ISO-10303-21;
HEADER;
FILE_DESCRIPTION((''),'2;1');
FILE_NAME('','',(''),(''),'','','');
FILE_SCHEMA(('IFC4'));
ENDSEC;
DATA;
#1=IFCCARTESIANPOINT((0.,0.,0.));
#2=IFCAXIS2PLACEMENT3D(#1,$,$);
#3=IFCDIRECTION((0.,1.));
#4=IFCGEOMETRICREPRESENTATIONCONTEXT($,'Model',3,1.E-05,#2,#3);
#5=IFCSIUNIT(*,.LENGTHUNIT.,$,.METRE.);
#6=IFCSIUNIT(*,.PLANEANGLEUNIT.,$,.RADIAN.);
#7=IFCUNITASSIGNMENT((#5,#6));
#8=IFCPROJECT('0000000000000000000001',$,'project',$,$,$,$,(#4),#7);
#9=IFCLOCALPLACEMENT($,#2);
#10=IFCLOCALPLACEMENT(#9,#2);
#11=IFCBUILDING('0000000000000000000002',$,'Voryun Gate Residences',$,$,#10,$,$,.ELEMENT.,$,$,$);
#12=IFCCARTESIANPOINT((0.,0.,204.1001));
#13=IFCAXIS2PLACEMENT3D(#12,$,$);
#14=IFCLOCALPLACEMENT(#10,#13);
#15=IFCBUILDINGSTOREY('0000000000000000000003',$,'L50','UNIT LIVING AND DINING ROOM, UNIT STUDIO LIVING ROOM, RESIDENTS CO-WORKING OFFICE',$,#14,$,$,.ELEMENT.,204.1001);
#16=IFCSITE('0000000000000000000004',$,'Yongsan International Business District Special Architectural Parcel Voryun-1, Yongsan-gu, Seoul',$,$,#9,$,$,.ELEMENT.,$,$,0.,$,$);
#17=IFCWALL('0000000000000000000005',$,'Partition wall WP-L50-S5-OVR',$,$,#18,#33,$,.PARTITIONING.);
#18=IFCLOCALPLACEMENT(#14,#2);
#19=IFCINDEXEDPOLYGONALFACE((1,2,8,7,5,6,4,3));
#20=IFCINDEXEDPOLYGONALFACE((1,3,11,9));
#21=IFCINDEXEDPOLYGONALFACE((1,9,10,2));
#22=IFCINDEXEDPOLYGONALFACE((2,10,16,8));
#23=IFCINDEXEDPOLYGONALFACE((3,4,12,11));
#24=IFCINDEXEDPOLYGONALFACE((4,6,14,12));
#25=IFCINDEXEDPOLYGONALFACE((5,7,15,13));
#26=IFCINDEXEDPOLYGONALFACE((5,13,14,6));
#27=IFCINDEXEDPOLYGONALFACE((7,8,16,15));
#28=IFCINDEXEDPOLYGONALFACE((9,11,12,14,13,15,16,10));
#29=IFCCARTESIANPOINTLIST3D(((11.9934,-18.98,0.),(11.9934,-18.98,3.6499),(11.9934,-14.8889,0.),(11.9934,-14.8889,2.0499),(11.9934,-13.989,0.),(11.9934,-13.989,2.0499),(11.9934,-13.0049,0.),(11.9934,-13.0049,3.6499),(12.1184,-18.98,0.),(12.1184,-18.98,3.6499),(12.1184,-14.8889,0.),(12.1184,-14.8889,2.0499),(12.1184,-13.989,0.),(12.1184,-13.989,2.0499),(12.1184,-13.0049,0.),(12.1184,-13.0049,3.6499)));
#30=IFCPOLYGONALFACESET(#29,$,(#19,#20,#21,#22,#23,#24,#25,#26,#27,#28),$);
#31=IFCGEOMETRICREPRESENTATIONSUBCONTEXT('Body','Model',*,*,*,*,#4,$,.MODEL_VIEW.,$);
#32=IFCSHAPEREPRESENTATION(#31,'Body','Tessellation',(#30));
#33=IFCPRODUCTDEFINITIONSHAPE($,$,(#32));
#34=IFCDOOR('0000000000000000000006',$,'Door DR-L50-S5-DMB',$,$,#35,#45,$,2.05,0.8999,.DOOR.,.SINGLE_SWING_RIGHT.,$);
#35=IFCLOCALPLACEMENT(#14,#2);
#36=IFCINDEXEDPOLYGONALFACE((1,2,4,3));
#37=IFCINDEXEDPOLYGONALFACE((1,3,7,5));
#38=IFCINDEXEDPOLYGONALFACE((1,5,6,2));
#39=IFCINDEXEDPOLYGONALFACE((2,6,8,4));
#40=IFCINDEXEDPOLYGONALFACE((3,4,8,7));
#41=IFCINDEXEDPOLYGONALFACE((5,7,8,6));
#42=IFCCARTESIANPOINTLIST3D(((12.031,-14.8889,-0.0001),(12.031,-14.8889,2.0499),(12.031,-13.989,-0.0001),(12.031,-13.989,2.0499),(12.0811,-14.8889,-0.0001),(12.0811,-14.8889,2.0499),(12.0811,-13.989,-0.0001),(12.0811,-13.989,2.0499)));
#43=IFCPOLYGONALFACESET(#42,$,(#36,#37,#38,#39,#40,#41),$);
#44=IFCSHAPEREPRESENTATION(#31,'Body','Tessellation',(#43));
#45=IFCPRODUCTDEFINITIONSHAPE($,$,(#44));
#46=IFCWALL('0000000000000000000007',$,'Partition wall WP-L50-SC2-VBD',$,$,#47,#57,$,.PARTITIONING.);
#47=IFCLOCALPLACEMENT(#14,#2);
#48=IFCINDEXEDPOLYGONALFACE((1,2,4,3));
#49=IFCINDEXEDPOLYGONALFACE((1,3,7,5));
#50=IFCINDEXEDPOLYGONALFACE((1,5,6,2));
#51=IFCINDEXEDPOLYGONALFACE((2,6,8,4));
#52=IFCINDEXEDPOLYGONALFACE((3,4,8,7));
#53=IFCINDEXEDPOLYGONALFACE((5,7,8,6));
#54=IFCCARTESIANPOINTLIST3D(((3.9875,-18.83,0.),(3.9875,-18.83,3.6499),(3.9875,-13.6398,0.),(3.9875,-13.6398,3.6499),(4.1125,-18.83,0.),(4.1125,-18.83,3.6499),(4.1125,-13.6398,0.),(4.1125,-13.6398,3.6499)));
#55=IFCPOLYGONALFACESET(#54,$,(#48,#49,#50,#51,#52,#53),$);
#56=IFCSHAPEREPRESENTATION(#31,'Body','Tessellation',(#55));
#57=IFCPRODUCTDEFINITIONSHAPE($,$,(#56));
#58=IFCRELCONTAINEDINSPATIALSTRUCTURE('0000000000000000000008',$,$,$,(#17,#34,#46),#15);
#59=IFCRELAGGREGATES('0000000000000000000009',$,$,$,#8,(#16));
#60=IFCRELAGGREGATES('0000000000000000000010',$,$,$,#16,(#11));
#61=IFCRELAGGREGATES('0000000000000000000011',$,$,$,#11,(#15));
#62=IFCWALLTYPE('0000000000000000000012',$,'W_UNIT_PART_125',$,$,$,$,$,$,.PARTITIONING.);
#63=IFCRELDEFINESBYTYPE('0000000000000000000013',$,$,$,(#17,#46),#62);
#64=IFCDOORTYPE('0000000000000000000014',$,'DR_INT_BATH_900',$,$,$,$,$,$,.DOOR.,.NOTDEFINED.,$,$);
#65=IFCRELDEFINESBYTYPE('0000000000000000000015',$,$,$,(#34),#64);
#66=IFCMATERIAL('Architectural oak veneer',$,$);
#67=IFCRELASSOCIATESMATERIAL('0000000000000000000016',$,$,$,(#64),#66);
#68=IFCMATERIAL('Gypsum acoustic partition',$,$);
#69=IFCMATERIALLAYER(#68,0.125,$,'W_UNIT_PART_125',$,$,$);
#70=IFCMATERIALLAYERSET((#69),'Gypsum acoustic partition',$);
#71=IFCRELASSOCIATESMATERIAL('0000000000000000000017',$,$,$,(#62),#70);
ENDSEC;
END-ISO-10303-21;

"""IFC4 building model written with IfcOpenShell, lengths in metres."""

from ifc_helpers import new_model, si_unit, direction, frame, frame_2d, origin, place, context, subcontext, project, spatial, rectangle, extrude, material, layer, layer_set, type_object, element, fill, save


model = new_model("IFC4")

# Units and contexts
model_context = context("Model", 3, precision=1e-05, world=origin(), true_north=direction((0.0, 1.0)))
body_context = subcontext(model_context, "Body", "Model", "MODEL_VIEW")
ifc_project = project(units=[si_unit("LENGTHUNIT", "METRE"), si_unit("PLANEANGLEUNIT", "RADIAN")], contexts=[model_context])

# Site, building, storey
site_placement = place(None, origin())
site = spatial("IfcSite", under=ifc_project, at=site_placement, Name="Yongsan International Business District Special Architectural Parcel Voryun-1, Yongsan-gu, Seoul", CompositionType="ELEMENT", RefElevation=0.0)
building_placement = place(site_placement, origin())
building = spatial("IfcBuilding", under=site, at=building_placement, Name="Voryun Gate Residences", CompositionType="ELEMENT")
storey_placement = place(building_placement, frame((0.0, 0.0, 204.1001)))
storey = spatial("IfcBuildingStorey", under=building, at=storey_placement, Name="L50", Description="UNIT LIVING AND DINING ROOM, UNIT STUDIO LIVING ROOM, RESIDENTS CO-WORKING OFFICE", CompositionType="ELEMENT", Elevation=204.1001)

# Wall, opening, door
ifc_material_1 = material(Name="Architectural oak veneer")
door_type = type_object("IfcDoorType", Name="DR_INT_BATH_900", OperationType="NOTDEFINED", PredefinedType="DOOR", material=ifc_material_1)
ifc_material_2 = material(Name="Gypsum acoustic partition")
ifc_layer_1 = layer(ifc_material_2, 0.125, Name="W_UNIT_PART_125")
ifc_layer_set_1 = layer_set([ifc_layer_1], Name="Gypsum acoustic partition")
wall_type_1 = type_object("IfcWallType", Name="W_UNIT_PART_125", PredefinedType="PARTITIONING", material=ifc_layer_set_1)
wall_1_placement = place(storey_placement, frame((12.0559, -18.98, 0.0), z_axis=(0.0, 0.0, 1.0), x_axis=(0.0, 1.0, 0.0)))
wall_1 = element("IfcWall", 1, at=wall_1_placement, inside=storey, type_object=wall_type_1, Name="Partition wall WP-L50-S5-OVR", PredefinedType="PARTITIONING", context=body_context, shape_type="SweptSolid", body=[
    extrude(rectangle(XDim=5.9751, YDim=0.125, at=frame_2d((2.9875, 0.0))), origin(), (0.0, 0.0, 1.0), 3.6499),
])
opening_1_placement = place(wall_1_placement, frame((4.0911, 0.0, 0.0)))
opening_1 = element("IfcOpeningElement", 2, at=opening_1_placement, cuts=wall_1, PredefinedType="OPENING", context=body_context, shape_type="SweptSolid", body=[
    extrude(rectangle(XDim=0.8999, YDim=2.05, at=frame_2d((0.45, 1.0249))), frame((0.0, 0.0725, 0.0), z_axis=(0.0, -1.0, 0.0), x_axis=(1.0, 0.0, 0.0)), (0.0, 0.0, 1.0), 0.145),
])
door_1_placement = place(opening_1_placement, origin())
door_1 = element("IfcDoor", 3, at=door_1_placement, inside=storey, type_object=door_type, Name="Door DR-L50-S5-DMB", OperationType="SINGLE_SWING_RIGHT", OverallHeight=2.05, OverallWidth=0.8999, PredefinedType="DOOR", context=body_context, shape_type="SweptSolid", body=[
    extrude(rectangle(XDim=0.8999, YDim=2.05, at=frame_2d((0.45, 1.0249))), frame((0.0, 0.0249, 0.0), z_axis=(0.0, -1.0, 0.0), x_axis=(1.0, 0.0, 0.0)), (0.0, 0.0, 1.0), 0.05),
])
fill(opening_1, door_1)

# Wall
wall_2_placement = place(storey_placement, frame((4.05, -18.8301, 0.0), z_axis=(0.0, 0.0, 1.0), x_axis=(0.0, 1.0, 0.0)))
element("IfcWall", 4, at=wall_2_placement, inside=storey, type_object=wall_type_1, Name="Partition wall WP-L50-SC2-VBD", PredefinedType="PARTITIONING", context=body_context, shape_type="SweptSolid", body=[
    extrude(rectangle(XDim=5.1902, YDim=0.125, at=frame_2d((2.5952, 0.0))), origin(), (0.0, 0.0, 1.0), 3.6499),
])

save(model, "model.ifc")
